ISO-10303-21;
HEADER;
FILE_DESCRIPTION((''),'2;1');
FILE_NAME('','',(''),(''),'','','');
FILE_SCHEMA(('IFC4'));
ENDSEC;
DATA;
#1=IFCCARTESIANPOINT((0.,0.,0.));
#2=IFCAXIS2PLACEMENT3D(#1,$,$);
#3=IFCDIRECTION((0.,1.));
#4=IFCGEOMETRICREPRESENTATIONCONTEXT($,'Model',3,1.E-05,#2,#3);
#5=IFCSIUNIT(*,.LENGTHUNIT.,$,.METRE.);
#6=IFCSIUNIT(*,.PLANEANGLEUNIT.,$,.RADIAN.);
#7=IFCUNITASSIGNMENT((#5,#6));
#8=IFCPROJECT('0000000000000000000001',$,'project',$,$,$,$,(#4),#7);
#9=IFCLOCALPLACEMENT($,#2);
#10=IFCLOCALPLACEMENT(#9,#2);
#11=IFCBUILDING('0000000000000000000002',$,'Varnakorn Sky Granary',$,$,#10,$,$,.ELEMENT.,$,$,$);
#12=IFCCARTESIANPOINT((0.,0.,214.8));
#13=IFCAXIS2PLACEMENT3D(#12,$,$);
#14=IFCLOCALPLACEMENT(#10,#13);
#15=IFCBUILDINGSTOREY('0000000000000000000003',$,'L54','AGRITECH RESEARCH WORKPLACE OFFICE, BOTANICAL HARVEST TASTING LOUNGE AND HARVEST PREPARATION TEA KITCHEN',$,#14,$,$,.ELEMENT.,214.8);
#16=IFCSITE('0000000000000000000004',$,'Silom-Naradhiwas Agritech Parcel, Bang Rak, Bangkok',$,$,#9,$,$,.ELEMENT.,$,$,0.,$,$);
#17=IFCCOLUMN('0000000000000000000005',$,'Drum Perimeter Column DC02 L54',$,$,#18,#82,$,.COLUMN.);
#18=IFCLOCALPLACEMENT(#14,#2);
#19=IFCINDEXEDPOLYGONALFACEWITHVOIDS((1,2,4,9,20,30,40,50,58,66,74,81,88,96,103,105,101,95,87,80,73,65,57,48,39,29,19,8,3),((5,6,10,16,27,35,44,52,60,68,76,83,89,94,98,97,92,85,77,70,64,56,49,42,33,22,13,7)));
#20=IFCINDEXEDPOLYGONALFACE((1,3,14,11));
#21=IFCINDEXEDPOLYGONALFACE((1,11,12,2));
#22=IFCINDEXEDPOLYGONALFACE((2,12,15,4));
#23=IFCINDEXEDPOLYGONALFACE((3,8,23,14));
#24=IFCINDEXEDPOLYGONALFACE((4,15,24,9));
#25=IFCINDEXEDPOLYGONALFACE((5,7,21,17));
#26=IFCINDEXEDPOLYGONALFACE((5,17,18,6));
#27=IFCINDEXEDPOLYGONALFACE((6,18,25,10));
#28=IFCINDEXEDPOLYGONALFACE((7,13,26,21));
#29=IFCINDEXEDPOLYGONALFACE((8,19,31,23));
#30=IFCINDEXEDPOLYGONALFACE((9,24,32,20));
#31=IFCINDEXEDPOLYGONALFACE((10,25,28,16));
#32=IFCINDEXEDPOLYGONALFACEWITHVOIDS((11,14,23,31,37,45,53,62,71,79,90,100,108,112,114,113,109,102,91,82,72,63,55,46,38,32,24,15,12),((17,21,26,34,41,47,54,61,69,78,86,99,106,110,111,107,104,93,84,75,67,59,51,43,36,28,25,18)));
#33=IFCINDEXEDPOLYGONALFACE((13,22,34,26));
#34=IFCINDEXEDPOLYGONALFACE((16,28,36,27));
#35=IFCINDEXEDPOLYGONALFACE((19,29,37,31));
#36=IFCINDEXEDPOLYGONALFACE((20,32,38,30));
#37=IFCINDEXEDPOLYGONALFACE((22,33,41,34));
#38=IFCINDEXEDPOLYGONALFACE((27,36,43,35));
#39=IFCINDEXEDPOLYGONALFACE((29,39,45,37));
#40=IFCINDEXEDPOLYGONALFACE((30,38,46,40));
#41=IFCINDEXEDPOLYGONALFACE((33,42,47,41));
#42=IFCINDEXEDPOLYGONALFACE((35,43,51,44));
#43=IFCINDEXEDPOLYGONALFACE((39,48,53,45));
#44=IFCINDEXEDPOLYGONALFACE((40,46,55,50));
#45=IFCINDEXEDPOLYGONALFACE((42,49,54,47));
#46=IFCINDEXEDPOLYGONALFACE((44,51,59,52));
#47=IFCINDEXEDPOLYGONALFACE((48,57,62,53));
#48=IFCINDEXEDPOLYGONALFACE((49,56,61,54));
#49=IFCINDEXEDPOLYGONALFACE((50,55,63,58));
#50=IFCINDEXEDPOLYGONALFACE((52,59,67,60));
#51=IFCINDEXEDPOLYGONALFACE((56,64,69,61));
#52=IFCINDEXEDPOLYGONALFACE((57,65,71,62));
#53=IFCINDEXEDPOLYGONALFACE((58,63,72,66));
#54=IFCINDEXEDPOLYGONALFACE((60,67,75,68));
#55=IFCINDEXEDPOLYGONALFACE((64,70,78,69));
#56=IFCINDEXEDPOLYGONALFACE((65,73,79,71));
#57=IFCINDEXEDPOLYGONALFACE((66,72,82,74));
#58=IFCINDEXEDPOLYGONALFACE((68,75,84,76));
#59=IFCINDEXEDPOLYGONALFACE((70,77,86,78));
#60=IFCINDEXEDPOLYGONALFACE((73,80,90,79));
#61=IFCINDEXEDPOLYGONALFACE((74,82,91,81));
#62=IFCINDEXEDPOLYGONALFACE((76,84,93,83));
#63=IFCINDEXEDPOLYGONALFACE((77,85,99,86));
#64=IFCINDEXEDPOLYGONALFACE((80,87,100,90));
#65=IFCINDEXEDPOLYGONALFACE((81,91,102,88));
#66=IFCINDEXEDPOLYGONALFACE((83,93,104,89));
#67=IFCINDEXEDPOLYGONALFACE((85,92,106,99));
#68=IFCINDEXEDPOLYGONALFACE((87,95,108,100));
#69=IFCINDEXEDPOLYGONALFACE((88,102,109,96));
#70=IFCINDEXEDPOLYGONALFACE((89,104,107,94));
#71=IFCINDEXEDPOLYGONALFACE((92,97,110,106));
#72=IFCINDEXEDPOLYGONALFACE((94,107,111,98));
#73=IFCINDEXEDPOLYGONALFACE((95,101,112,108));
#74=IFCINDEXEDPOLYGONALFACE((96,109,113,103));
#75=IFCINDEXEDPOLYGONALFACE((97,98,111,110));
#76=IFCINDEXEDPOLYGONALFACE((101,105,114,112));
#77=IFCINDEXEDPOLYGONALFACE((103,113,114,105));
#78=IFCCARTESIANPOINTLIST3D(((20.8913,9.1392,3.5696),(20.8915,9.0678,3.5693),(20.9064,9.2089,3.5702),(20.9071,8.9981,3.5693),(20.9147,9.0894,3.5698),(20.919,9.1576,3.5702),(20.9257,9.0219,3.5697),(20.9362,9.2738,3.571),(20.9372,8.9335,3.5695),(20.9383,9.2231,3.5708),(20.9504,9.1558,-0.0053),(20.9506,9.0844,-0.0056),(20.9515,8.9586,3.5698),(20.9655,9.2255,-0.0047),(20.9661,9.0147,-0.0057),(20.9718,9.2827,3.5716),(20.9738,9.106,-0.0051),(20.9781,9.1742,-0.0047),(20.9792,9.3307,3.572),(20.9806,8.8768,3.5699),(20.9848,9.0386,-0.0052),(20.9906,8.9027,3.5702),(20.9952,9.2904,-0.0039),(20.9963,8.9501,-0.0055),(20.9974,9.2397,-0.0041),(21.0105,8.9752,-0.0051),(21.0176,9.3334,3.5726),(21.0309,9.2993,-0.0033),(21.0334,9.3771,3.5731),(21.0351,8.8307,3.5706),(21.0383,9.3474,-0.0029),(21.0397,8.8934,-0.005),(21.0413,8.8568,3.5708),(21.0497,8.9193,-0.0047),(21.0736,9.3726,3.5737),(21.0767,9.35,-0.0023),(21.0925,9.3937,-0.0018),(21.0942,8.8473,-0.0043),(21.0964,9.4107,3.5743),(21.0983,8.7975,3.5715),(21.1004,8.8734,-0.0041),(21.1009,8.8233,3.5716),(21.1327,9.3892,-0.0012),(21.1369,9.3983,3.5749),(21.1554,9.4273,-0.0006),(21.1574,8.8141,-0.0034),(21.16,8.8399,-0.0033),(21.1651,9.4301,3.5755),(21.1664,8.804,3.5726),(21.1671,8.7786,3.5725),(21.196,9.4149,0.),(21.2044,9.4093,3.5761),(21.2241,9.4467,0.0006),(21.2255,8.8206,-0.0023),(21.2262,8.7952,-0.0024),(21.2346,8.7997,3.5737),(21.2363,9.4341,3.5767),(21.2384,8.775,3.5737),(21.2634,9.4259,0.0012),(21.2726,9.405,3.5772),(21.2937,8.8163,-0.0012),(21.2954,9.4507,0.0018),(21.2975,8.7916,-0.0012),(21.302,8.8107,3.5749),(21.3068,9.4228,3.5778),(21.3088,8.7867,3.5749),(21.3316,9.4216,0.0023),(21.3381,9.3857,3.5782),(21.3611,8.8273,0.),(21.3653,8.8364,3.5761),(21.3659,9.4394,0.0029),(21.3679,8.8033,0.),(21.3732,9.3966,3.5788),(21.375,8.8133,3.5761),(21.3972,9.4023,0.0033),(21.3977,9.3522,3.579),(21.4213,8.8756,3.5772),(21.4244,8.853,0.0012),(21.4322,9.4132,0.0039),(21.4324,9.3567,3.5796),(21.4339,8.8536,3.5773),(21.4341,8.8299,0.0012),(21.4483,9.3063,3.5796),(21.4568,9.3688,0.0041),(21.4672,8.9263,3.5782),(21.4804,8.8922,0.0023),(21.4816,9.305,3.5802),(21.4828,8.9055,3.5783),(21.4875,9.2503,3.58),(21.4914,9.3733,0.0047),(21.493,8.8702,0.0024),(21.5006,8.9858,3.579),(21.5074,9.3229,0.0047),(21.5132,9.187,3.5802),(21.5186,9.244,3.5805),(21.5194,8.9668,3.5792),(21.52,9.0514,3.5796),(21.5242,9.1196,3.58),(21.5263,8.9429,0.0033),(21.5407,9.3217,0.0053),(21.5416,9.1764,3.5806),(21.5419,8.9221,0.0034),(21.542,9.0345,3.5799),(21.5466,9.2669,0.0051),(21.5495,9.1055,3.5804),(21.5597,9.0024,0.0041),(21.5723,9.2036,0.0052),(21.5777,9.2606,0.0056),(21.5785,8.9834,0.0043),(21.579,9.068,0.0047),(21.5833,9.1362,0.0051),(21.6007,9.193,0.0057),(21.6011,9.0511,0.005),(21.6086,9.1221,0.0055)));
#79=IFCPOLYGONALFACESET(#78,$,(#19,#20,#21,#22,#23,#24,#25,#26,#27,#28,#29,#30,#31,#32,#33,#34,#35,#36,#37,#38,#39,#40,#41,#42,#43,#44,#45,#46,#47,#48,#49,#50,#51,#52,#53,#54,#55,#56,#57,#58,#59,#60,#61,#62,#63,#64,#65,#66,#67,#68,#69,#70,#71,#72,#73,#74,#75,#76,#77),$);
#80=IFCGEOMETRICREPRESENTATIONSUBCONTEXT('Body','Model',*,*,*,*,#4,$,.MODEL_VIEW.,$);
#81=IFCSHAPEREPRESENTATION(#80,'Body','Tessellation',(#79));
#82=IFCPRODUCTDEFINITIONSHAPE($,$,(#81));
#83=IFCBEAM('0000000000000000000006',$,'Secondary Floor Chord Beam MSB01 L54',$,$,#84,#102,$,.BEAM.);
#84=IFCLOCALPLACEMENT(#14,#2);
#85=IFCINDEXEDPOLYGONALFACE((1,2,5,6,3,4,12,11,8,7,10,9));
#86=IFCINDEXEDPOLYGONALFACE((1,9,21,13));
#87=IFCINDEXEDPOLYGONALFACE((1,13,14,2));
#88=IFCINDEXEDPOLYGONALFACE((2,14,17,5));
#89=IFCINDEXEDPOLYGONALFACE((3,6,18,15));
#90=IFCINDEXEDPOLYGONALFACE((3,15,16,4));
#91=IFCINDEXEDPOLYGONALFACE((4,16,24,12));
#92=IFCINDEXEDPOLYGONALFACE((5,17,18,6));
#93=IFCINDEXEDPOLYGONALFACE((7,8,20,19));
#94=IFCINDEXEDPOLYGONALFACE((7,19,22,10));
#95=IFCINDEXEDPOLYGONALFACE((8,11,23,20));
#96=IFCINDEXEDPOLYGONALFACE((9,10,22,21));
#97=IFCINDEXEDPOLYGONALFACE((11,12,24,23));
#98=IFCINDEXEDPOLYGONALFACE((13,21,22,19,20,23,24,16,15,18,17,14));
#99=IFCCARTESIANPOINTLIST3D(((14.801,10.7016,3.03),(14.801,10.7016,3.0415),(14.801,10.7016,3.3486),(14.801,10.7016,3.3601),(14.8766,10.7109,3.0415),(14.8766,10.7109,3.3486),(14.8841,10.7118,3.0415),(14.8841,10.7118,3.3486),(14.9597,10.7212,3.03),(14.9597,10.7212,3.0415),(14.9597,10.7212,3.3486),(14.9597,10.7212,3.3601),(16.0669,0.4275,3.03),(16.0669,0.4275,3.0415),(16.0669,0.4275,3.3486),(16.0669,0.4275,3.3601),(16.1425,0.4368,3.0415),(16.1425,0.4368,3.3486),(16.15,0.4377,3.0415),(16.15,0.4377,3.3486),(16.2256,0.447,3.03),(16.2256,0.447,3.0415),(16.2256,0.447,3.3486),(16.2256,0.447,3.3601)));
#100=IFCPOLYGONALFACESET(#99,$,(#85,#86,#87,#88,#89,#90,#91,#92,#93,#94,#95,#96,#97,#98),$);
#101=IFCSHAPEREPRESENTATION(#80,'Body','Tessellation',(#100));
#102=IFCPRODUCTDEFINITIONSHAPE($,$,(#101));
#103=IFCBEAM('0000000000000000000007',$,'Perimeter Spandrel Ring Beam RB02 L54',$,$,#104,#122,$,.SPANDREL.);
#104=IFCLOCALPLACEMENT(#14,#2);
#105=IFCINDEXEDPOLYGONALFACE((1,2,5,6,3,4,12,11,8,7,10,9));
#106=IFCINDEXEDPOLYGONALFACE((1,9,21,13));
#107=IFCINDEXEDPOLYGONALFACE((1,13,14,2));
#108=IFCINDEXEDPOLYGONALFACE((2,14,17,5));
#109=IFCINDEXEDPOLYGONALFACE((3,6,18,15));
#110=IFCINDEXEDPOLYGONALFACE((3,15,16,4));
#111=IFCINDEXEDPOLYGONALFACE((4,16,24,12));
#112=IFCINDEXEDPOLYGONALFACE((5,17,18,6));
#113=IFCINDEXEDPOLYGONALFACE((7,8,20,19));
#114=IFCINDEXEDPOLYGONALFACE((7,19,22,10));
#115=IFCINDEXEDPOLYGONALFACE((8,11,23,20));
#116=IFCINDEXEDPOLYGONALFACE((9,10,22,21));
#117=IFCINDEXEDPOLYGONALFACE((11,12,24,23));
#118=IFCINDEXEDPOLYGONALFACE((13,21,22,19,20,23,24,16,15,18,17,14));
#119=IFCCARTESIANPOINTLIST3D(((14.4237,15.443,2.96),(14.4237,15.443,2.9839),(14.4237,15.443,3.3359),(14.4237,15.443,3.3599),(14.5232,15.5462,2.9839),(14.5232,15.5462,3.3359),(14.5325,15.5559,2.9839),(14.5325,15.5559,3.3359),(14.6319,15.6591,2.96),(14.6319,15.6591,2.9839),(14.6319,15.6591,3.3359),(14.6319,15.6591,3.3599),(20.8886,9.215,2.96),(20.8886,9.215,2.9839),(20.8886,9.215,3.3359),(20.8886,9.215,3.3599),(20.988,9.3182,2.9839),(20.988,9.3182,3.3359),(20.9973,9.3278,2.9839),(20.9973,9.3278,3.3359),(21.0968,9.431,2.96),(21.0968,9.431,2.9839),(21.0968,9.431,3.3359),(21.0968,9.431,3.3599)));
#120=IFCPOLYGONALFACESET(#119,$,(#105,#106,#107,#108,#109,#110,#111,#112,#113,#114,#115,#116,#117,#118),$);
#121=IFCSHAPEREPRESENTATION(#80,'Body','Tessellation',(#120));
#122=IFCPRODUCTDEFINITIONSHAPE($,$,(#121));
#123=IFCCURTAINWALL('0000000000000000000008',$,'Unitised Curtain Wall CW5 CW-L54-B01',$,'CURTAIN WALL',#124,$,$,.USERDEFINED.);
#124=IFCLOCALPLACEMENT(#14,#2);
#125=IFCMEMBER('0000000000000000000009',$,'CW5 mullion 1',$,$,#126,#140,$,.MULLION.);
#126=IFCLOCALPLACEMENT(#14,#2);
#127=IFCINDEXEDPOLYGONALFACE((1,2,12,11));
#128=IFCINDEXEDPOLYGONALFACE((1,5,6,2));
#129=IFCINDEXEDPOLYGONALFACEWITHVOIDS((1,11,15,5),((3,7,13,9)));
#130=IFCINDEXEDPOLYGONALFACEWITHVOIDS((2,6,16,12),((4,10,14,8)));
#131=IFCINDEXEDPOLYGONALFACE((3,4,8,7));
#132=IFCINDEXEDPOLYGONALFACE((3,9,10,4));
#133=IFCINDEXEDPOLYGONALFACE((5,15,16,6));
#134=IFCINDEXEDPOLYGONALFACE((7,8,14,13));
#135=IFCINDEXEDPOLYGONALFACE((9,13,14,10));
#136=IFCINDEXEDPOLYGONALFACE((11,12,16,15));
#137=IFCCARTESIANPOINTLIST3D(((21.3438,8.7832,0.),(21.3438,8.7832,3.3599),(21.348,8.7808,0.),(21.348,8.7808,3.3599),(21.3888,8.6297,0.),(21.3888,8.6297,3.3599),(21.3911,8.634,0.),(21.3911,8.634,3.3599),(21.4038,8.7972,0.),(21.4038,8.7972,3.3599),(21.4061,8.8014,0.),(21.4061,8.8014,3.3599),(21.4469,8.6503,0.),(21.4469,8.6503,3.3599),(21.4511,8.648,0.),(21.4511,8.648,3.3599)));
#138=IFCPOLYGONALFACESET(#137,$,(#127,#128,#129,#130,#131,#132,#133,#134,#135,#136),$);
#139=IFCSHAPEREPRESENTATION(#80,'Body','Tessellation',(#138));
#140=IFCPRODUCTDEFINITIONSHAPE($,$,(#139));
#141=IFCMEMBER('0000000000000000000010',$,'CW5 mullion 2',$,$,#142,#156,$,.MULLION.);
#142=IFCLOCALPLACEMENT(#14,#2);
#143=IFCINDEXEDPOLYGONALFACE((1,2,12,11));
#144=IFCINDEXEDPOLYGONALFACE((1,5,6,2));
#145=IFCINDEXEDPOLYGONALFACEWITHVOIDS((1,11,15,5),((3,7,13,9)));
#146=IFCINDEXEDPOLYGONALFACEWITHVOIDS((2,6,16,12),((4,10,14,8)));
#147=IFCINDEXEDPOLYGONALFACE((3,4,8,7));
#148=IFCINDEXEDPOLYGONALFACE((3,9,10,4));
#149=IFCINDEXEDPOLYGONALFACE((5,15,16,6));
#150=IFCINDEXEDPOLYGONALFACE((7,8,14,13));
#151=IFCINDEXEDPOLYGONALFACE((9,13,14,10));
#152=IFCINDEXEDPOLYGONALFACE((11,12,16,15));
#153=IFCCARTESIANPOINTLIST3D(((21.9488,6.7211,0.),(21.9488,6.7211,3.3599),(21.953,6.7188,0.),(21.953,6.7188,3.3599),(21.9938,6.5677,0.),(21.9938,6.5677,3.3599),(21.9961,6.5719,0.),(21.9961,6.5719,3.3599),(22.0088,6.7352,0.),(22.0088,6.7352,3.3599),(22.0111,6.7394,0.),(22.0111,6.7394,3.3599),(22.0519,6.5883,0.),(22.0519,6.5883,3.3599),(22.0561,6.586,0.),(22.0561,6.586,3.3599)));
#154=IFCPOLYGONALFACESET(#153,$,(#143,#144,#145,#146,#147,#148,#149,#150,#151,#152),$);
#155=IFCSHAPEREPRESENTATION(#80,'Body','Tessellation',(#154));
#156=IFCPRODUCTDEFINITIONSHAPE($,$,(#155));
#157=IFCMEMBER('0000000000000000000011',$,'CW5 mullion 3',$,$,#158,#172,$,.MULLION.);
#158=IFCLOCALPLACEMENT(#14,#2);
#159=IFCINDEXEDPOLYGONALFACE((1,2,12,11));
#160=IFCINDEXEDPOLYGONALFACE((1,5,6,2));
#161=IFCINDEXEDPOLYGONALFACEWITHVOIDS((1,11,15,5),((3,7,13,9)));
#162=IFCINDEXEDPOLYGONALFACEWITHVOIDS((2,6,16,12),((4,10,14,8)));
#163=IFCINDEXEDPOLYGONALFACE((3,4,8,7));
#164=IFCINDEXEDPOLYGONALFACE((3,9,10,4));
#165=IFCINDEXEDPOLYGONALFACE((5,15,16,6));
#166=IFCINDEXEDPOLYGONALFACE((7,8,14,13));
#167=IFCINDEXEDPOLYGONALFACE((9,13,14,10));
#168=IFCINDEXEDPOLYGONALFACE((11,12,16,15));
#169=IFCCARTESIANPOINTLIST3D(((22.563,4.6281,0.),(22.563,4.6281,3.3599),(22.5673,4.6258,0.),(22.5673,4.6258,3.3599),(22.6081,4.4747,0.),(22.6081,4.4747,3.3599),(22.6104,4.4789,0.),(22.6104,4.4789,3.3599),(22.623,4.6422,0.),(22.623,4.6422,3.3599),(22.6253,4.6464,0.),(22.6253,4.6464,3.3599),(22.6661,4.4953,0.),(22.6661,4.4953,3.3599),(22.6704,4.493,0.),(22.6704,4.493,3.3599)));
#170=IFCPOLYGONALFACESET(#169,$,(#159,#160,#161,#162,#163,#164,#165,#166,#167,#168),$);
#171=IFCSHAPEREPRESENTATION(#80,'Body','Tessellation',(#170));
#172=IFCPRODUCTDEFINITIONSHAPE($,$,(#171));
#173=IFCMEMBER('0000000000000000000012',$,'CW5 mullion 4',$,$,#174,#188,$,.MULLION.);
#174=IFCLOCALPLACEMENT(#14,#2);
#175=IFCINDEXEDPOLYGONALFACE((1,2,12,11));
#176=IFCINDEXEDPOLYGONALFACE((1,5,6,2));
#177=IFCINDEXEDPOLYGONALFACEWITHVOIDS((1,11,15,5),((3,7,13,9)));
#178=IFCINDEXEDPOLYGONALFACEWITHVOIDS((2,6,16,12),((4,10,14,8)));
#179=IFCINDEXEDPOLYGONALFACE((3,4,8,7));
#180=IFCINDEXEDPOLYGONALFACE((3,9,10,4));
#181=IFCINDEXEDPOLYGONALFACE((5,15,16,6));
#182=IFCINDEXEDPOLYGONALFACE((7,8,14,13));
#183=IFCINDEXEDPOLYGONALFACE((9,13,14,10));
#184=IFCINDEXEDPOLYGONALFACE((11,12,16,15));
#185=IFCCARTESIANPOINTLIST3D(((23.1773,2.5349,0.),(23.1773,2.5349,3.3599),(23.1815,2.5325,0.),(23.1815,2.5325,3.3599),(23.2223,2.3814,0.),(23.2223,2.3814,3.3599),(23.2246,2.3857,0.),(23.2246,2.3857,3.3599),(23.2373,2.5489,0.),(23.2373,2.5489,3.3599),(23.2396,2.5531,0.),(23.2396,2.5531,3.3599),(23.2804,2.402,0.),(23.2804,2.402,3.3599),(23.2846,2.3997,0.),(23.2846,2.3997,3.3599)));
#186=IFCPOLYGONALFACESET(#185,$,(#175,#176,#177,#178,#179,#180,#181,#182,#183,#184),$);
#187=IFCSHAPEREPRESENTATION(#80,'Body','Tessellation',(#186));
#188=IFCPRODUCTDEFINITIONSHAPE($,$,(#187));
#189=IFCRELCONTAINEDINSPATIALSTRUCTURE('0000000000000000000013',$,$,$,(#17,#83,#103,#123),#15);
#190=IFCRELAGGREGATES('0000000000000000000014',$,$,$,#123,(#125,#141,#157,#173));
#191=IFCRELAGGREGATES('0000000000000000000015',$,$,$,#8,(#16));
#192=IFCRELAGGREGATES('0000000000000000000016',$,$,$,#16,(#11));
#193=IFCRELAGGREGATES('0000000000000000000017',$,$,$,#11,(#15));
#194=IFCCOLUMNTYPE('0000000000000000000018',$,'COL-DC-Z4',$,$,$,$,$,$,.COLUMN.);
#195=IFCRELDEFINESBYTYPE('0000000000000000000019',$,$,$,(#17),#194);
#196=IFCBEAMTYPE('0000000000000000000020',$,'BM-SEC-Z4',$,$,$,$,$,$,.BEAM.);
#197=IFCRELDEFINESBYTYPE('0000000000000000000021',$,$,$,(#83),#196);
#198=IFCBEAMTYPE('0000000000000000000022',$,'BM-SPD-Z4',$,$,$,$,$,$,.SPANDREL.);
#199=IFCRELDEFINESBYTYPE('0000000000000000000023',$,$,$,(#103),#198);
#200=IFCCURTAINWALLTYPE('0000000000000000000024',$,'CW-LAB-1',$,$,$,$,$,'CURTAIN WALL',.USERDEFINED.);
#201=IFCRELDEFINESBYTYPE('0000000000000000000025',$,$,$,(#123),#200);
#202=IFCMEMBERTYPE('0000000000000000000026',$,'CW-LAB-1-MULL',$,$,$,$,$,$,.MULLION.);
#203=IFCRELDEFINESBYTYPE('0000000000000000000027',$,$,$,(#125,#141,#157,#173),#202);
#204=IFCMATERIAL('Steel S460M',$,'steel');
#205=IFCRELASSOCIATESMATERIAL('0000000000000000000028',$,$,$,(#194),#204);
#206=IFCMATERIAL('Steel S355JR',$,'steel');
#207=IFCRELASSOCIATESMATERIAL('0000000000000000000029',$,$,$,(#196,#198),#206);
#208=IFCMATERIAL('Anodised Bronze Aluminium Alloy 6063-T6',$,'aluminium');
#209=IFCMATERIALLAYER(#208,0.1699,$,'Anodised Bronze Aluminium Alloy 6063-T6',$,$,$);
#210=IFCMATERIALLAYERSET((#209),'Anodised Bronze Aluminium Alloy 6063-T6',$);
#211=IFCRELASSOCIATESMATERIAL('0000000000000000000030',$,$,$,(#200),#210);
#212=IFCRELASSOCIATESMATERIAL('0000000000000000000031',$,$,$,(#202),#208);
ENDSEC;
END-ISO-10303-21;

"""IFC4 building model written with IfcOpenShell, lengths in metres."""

from ifc_helpers import new_model, si_unit, direction, frame, origin, origin_2d, place, context, subcontext, project, spatial, hollow_rectangle, hollow_circle, i_section, extrude, material, layer, layer_set, material_profile, profile_set, type_object, element, aggregate, save


model = new_model("IFC4")

# Units and contexts
model_context = context("Model", 3, precision=1e-05, world=origin(), true_north=direction((0.0, 1.0)))
body_context = subcontext(model_context, "Body", "Model", "MODEL_VIEW")
ifc_project = project(units=[si_unit("LENGTHUNIT", "METRE"), si_unit("PLANEANGLEUNIT", "RADIAN")], contexts=[model_context])

# Site, building, storey
site_placement = place(None, origin())
site = spatial("IfcSite", under=ifc_project, at=site_placement, Name="Silom-Naradhiwas Agritech Parcel, Bang Rak, Bangkok", CompositionType="ELEMENT", RefElevation=0.0)
building_placement = place(site_placement, origin())
building = spatial("IfcBuilding", under=site, at=building_placement, Name="Varnakorn Sky Granary", CompositionType="ELEMENT")
storey_placement = place(building_placement, frame((0.0, 0.0, 214.8)))
storey = spatial("IfcBuildingStorey", under=building, at=storey_placement, Name="L54", Description="AGRITECH RESEARCH WORKPLACE OFFICE, BOTANICAL HARVEST TASTING LOUNGE AND HARVEST PREPARATION TEA KITCHEN", CompositionType="ELEMENT", Elevation=214.8)

# Column
ifc_material_1 = material(Name="Steel S460M", Category="steel")
ifc_material_profile_1 = material_profile(ifc_material_1, hollow_circle(Radius=0.3301, WallThickness=0.0249, at=origin_2d()), Name="CHS 660x25")
ifc_profile_set_1 = profile_set([ifc_material_profile_1], Name="Steel S460M")
column_type = type_object("IfcColumnType", Name="COL-DC-Z4", PredefinedType="COLUMN", material=ifc_profile_set_1)
column_placement = place(storey_placement, frame((21.2786, 9.1211, 0.0), z_axis=(-0.016524, -0.004643, 0.999853), x_axis=(0.270515, -0.962716, 0.0)))
element("IfcColumn", 1, at=column_placement, inside=storey, type_object=column_type, Name="Drum Perimeter Column DC02 L54", PredefinedType="COLUMN", context=body_context, shape_type="SweptSolid", body=[
    extrude(hollow_circle(Radius=0.3301, WallThickness=0.0249, at=origin_2d()), origin(), (0.0, 0.0, 1.0), 3.5754),
])

# Beams
ifc_material_2 = material(Name="Steel S355JR", Category="steel")
ifc_material_profile_2 = material_profile(ifc_material_2, i_section(OverallWidth=0.1599, OverallDepth=0.3301, WebThickness=0.0076, FlangeThickness=0.0115, at=origin_2d()), Name="IPE 330")
ifc_profile_set_2 = profile_set([ifc_material_profile_2], Name="Steel S355JR")
beam_type_1 = type_object("IfcBeamType", Name="BM-SEC-Z4", PredefinedType="BEAM", material=ifc_profile_set_2)
beam_1_placement = place(storey_placement, frame((16.1462, 0.4373, 3.1951), z_axis=(-0.122284, 0.992495, 0.0), x_axis=(-0.992495, -0.122284, 0.0)))
element("IfcBeam", 2, at=beam_1_placement, inside=storey, type_object=beam_type_1, Name="Secondary Floor Chord Beam MSB01 L54", PredefinedType="BEAM", context=body_context, shape_type="SweptSolid", body=[
    extrude(i_section(OverallWidth=0.1599, OverallDepth=0.3301, WebThickness=0.0076, FlangeThickness=0.0115, at=origin_2d()), origin(), (0.0, 0.0, 1.0), 10.3518),
])
ifc_material_profile_3 = material_profile(ifc_material_2, i_section(OverallWidth=0.3, OverallDepth=0.3999, WebThickness=0.0134, FlangeThickness=0.0239, at=origin_2d()), Name="HE 400 B")
ifc_profile_set_3 = profile_set([ifc_material_profile_3], Name="Steel S355JR")
beam_type_2 = type_object("IfcBeamType", Name="BM-SPD-Z4", PredefinedType="SPANDREL", material=ifc_profile_set_3)
beam_2_placement = place(storey_placement, frame((20.9927, 9.323, 3.1599), z_axis=(-0.720174, 0.693793, 0.0), x_axis=(-0.693793, -0.720174, 0.0)))
element("IfcBeam", 3, at=beam_2_placement, inside=storey, type_object=beam_type_2, Name="Perimeter Spandrel Ring Beam RB02 L54", PredefinedType="SPANDREL", context=body_context, shape_type="SweptSolid", body=[
    extrude(i_section(OverallWidth=0.3, OverallDepth=0.3999, WebThickness=0.0134, FlangeThickness=0.0239, at=origin_2d()), origin(), (0.0, 0.0, 1.0), 8.9768),
])

# Curtain wall, members
ifc_material_3 = material(Name="Anodised Bronze Aluminium Alloy 6063-T6", Category="aluminium")
ifc_layer_1 = layer(ifc_material_3, 0.1699, Name="Anodised Bronze Aluminium Alloy 6063-T6")
ifc_layer_set_1 = layer_set([ifc_layer_1], Name="Anodised Bronze Aluminium Alloy 6063-T6")
curtain_wall_type = type_object("IfcCurtainWallType", Name="CW-LAB-1", ElementType="CURTAIN WALL", PredefinedType="USERDEFINED", material=ifc_layer_set_1)
curtain_wall_1_placement = place(storey_placement, origin())
curtain_wall_1 = element("IfcCurtainWall", 4, at=curtain_wall_1_placement, inside=storey, type_object=curtain_wall_type, Name="Unitised Curtain Wall CW5 CW-L54-B01", ObjectType="CURTAIN WALL", PredefinedType="USERDEFINED")
ifc_material_profile_4 = material_profile(ifc_material_3, hollow_rectangle(XDim=0.0649, YDim=0.1599, WallThickness=0.0034, at=origin_2d()), Name="ALU MULL 65x160")
ifc_profile_set_4 = profile_set([ifc_material_profile_4], Name="Anodised Bronze Aluminium Alloy 6063-T6")
member_type_1 = type_object("IfcMemberType", Name="CW-LAB-1-MULL", PredefinedType="MULLION", material=ifc_profile_set_4)
member_1_placement = place(storey_placement, frame((21.3975, 8.7156, 0.0), z_axis=(0.0, 0.0, 1.0), x_axis=(0.95954, 0.281572, 0.0)))
member_1 = element("IfcMember", 5, at=member_1_placement, type_object=member_type_1, Name="CW5 mullion 1", PredefinedType="MULLION", context=body_context, shape_type="SweptSolid", body=[
    extrude(hollow_rectangle(XDim=0.0649, YDim=0.1599, WallThickness=0.0034, at=origin_2d()), origin(), (0.0, 0.0, 1.0), 3.3599),
])
member_2_placement = place(storey_placement, frame((22.0024, 6.6536, 0.0), z_axis=(0.0, 0.0, 1.0), x_axis=(0.95954, 0.281572, 0.0)))
member_2 = element("IfcMember", 6, at=member_2_placement, type_object=member_type_1, Name="CW5 mullion 2", PredefinedType="MULLION", context=body_context, shape_type="SweptSolid", body=[
    extrude(hollow_rectangle(XDim=0.0649, YDim=0.1599, WallThickness=0.0034, at=origin_2d()), origin(), (0.0, 0.0, 1.0), 3.3599),
])
member_3_placement = place(storey_placement, frame((22.6167, 4.5605, 0.0), z_axis=(0.0, 0.0, 1.0), x_axis=(0.95954, 0.281572, 0.0)))
member_3 = element("IfcMember", 7, at=member_3_placement, type_object=member_type_1, Name="CW5 mullion 3", PredefinedType="MULLION", context=body_context, shape_type="SweptSolid", body=[
    extrude(hollow_rectangle(XDim=0.0649, YDim=0.1599, WallThickness=0.0034, at=origin_2d()), origin(), (0.0, 0.0, 1.0), 3.3599),
])
member_4_placement = place(storey_placement, frame((23.231, 2.4673, 0.0), z_axis=(0.0, 0.0, 1.0), x_axis=(0.95954, 0.281572, 0.0)))
member_4 = element("IfcMember", 8, at=member_4_placement, type_object=member_type_1, Name="CW5 mullion 4", PredefinedType="MULLION", context=body_context, shape_type="SweptSolid", body=[
    extrude(hollow_rectangle(XDim=0.0649, YDim=0.1599, WallThickness=0.0034, at=origin_2d()), origin(), (0.0, 0.0, 1.0), 3.3599),
])

aggregate(curtain_wall_1, [member_1, member_2, member_3, member_4])

save(model, "model.ifc")
